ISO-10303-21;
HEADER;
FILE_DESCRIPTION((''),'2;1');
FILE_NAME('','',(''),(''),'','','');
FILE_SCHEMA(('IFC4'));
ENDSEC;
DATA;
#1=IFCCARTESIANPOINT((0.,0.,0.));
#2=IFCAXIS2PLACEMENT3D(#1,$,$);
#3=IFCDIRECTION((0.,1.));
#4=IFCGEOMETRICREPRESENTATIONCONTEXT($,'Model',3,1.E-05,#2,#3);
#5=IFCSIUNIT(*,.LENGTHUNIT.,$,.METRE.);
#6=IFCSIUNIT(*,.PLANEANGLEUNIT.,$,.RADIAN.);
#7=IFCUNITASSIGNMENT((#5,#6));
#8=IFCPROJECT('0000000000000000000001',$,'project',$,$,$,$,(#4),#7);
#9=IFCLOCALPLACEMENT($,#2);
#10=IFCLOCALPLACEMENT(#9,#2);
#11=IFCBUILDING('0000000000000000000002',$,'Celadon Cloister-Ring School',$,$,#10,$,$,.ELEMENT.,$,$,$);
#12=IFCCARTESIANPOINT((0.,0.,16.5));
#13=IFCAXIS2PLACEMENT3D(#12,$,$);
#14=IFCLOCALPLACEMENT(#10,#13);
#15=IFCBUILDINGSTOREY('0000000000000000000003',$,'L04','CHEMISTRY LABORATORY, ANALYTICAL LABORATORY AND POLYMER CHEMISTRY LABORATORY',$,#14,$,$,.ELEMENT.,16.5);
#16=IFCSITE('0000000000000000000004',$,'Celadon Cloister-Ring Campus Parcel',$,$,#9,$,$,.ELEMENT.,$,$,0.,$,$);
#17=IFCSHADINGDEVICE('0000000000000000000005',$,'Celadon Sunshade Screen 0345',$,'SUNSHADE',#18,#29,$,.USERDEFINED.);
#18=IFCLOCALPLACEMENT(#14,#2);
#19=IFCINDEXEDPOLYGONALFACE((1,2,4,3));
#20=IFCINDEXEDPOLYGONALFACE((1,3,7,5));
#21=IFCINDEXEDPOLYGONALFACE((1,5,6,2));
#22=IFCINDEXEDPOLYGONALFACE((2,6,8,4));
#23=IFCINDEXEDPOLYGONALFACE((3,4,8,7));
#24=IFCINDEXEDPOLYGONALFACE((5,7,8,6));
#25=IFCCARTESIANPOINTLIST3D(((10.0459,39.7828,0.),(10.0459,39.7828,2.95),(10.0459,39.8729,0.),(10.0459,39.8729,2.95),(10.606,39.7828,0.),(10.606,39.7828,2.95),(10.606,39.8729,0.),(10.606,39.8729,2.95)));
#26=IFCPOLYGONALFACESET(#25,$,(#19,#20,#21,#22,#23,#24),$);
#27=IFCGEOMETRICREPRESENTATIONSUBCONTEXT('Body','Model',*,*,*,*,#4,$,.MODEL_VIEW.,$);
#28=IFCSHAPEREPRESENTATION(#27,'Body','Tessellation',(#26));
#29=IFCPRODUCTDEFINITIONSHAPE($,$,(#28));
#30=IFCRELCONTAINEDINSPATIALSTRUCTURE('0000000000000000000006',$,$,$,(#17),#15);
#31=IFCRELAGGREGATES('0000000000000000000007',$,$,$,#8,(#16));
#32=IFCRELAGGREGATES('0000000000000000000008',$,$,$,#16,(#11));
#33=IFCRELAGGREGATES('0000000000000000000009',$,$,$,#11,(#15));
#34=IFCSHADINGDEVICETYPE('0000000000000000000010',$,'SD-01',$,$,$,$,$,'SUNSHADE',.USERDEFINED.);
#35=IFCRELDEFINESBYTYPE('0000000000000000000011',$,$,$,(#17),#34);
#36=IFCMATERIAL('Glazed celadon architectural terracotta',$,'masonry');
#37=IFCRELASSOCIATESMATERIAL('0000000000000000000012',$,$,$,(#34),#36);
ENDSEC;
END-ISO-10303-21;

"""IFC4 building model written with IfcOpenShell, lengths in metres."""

from ifc_helpers import new_model, si_unit, direction, frame, origin, origin_2d, place, context, subcontext, project, spatial, rectangle, extrude, material, type_object, element, save


model = new_model("IFC4")

# Units and contexts
model_context = context("Model", 3, precision=1e-05, world=origin(), true_north=direction((0.0, 1.0)))
body_context = subcontext(model_context, "Body", "Model", "MODEL_VIEW")
ifc_project = project(units=[si_unit("LENGTHUNIT", "METRE"), si_unit("PLANEANGLEUNIT", "RADIAN")], contexts=[model_context])

# Site, building, storey
site_placement = place(None, origin())
site = spatial("IfcSite", under=ifc_project, at=site_placement, Name="Celadon Cloister-Ring Campus Parcel", CompositionType="ELEMENT", RefElevation=0.0)
building_placement = place(site_placement, origin())
building = spatial("IfcBuilding", under=site, at=building_placement, Name="Celadon Cloister-Ring School", CompositionType="ELEMENT")
storey_placement = place(building_placement, frame((0.0, 0.0, 16.5)))
storey = spatial("IfcBuildingStorey", under=building, at=storey_placement, Name="L04", Description="CHEMISTRY LABORATORY, ANALYTICAL LABORATORY AND POLYMER CHEMISTRY LABORATORY", CompositionType="ELEMENT", Elevation=16.5)

# Shading device
ifc_material_1 = material(Name="Glazed celadon architectural terracotta", Category="masonry")
shading_device_type = type_object("IfcShadingDeviceType", Name="SD-01", ElementType="SUNSHADE", PredefinedType="USERDEFINED", material=ifc_material_1)
for number, where, z_axis, x_axis, name in (
    (1, (10.3259, 39.8279, 0.0), (0.0, 0.0, 1.0), (-1.0, 0.0, 0.0), "Celadon Sunshade Screen 0345"),
):
    element("IfcShadingDevice", number, at=place(storey_placement, frame(where, z_axis=z_axis, x_axis=x_axis)), inside=storey, type_object=shading_device_type, Name=name, ObjectType="SUNSHADE", PredefinedType="USERDEFINED", context=body_context, shape_type="SweptSolid", body=[
        extrude(rectangle(XDim=0.5601, YDim=0.0901, at=origin_2d()), origin(), (0.0, 0.0, 1.0), 2.95),
    ])

save(model, "model.ifc")
